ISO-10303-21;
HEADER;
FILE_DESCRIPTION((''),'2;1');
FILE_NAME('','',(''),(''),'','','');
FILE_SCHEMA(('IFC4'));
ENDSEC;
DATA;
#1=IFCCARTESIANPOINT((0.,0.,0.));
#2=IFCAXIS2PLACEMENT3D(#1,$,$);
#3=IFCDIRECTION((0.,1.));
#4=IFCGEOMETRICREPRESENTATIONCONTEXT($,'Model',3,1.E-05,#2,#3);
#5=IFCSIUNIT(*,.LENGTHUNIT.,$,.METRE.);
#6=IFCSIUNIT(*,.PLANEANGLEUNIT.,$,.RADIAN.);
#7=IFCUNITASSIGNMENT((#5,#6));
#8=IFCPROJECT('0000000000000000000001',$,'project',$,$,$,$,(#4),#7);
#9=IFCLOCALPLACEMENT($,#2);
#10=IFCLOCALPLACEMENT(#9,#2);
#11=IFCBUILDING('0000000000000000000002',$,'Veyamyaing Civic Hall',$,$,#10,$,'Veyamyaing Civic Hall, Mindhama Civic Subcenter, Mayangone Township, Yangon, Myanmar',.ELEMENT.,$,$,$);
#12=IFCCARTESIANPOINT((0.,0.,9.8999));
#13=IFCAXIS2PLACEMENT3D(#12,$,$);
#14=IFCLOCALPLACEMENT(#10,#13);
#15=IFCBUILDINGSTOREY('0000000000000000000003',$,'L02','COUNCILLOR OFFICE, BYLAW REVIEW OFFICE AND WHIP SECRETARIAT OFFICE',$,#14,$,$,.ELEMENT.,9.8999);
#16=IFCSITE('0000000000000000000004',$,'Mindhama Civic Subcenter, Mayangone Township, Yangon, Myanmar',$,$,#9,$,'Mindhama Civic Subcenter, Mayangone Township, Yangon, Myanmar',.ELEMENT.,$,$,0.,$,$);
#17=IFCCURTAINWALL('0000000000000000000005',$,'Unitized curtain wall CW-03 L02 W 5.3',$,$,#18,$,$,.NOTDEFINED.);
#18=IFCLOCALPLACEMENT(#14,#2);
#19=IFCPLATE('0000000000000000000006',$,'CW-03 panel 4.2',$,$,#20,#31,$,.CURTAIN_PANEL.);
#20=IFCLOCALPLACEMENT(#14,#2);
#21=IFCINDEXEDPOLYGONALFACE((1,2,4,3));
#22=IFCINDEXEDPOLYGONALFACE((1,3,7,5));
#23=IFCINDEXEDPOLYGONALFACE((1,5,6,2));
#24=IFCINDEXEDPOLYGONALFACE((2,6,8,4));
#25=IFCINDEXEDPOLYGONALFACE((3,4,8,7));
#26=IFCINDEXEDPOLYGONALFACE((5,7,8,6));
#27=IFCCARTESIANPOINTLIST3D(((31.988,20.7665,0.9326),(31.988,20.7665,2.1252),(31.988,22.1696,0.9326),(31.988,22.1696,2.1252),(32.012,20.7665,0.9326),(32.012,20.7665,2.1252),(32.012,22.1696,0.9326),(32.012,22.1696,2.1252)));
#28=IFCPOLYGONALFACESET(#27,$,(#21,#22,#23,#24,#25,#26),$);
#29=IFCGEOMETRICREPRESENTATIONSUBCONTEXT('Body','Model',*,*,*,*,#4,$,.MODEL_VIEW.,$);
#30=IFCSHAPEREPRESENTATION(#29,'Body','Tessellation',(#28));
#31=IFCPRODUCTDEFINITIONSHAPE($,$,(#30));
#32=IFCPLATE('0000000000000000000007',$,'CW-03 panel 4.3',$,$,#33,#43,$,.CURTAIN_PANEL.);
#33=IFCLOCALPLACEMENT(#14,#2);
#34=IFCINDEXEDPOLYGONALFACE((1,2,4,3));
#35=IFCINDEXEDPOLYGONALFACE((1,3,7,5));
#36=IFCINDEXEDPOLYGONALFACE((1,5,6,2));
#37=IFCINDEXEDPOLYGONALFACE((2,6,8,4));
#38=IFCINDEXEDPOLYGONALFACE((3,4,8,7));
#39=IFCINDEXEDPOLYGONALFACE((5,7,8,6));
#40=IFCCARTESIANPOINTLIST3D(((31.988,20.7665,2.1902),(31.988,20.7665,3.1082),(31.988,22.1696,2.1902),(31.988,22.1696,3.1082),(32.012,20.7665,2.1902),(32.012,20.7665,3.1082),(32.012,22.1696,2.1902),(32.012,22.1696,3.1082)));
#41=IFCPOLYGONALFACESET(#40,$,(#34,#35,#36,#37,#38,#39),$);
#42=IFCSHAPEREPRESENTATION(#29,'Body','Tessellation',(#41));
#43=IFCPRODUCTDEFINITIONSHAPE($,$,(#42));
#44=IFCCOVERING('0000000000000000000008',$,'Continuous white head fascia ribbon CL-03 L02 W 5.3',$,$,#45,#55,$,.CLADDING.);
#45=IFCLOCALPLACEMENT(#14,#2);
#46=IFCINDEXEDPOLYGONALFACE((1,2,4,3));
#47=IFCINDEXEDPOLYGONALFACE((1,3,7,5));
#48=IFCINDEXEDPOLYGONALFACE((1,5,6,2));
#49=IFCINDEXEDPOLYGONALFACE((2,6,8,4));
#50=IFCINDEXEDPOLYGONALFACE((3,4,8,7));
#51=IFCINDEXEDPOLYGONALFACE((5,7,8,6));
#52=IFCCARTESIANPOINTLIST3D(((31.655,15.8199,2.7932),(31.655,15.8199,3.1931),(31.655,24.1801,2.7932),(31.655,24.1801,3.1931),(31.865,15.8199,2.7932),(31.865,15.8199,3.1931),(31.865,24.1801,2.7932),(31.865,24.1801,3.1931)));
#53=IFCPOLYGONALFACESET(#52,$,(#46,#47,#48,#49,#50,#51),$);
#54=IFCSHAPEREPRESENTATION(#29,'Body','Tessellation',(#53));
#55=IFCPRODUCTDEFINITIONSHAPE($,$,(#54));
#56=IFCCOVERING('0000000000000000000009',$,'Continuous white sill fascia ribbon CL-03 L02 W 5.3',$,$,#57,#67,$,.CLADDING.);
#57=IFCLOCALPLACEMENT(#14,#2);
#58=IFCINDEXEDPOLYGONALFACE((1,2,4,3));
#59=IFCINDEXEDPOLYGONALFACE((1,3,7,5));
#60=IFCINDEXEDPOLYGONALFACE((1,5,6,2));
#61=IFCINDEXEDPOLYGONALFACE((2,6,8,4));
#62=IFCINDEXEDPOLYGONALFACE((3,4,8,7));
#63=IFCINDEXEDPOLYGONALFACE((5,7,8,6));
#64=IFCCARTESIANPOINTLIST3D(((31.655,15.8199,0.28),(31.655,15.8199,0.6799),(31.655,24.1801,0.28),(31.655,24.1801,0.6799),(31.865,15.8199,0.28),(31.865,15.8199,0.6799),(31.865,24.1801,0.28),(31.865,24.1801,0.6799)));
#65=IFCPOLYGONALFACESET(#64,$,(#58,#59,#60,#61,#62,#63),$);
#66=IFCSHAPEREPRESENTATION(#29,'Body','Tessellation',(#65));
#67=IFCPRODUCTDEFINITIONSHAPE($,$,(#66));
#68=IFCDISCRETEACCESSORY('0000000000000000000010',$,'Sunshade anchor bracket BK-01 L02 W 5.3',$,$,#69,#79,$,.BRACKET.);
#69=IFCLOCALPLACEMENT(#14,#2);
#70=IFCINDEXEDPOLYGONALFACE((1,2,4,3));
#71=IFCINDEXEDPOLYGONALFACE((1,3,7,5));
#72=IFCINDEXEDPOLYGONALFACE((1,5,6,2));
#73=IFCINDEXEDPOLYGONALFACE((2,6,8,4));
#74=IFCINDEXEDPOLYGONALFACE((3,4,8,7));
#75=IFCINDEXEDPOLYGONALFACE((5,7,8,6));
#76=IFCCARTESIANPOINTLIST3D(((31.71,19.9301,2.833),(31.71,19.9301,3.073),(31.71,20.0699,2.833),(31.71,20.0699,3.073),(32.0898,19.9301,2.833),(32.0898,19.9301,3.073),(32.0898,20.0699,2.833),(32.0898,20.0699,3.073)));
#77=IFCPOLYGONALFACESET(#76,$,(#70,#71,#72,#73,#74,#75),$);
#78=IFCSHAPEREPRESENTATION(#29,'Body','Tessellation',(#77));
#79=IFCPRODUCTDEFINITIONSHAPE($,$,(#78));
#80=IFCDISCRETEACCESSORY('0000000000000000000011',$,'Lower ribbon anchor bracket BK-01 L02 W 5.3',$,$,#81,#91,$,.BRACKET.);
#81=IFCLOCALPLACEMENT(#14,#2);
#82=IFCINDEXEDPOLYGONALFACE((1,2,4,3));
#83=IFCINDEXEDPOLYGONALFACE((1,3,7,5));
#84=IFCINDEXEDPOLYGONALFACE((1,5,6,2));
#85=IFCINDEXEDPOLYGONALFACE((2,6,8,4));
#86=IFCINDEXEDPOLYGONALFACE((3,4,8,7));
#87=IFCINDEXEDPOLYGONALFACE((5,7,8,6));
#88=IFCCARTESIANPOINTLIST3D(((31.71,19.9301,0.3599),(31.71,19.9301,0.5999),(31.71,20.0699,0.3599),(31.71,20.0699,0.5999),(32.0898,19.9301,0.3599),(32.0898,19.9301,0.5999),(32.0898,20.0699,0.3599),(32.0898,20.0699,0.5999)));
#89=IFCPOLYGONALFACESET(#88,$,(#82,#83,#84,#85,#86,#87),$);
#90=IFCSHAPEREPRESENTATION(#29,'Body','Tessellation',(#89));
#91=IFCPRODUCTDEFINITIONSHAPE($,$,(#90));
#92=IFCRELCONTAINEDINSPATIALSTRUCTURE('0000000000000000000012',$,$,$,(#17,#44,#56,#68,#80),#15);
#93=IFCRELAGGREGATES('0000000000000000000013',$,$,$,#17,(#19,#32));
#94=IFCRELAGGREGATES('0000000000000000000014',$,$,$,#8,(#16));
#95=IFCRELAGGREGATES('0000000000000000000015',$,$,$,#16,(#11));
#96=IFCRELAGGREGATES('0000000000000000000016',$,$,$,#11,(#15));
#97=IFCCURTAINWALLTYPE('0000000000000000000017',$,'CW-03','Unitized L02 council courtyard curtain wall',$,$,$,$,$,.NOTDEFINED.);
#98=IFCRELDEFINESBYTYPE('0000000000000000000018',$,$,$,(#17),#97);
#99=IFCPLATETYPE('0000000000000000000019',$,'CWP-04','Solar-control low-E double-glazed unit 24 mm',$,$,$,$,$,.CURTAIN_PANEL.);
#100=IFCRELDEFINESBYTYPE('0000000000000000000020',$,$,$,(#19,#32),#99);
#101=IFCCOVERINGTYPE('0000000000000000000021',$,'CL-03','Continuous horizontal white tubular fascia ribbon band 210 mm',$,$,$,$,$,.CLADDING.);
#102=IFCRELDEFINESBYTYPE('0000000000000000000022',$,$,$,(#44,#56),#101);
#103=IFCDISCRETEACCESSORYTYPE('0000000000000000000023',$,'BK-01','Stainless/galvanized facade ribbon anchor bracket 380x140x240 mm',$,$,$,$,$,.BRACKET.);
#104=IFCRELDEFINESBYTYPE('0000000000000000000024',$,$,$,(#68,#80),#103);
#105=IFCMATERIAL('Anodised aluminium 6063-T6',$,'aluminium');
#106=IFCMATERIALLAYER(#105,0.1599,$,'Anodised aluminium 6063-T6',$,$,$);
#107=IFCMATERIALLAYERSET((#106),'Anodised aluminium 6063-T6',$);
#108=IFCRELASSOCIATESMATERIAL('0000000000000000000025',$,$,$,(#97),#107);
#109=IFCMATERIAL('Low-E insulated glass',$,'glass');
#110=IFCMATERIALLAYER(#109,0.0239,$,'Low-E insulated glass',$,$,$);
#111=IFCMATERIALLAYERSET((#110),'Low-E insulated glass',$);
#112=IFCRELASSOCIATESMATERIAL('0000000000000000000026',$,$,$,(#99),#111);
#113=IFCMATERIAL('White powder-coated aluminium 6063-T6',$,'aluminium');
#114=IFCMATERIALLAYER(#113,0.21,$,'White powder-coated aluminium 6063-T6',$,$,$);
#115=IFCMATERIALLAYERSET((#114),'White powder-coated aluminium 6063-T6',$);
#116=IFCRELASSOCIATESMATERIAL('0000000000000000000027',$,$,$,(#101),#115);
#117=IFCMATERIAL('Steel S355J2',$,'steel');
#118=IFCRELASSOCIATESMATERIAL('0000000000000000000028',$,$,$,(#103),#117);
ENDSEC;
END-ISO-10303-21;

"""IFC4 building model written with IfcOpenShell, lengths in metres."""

from ifc_helpers import new_model, si_unit, direction, frame, origin, origin_2d, place, context, subcontext, project, spatial, rectangle, extrude, material, layer, layer_set, type_object, element, aggregate, save


model = new_model("IFC4")

# Units and contexts
model_context = context("Model", 3, precision=1e-05, world=origin(), true_north=direction((0.0, 1.0)))
body_context = subcontext(model_context, "Body", "Model", "MODEL_VIEW")
ifc_project = project(units=[si_unit("LENGTHUNIT", "METRE"), si_unit("PLANEANGLEUNIT", "RADIAN")], contexts=[model_context])

# Site, building, storey
site_placement = place(None, origin())
site = spatial("IfcSite", under=ifc_project, at=site_placement, Name="Mindhama Civic Subcenter, Mayangone Township, Yangon, Myanmar", LongName="Mindhama Civic Subcenter, Mayangone Township, Yangon, Myanmar", CompositionType="ELEMENT", RefElevation=0.0)
building_placement = place(site_placement, origin())
building = spatial("IfcBuilding", under=site, at=building_placement, Name="Veyamyaing Civic Hall", LongName="Veyamyaing Civic Hall, Mindhama Civic Subcenter, Mayangone Township, Yangon, Myanmar", CompositionType="ELEMENT")
storey_placement = place(building_placement, frame((0.0, 0.0, 9.8999)))
storey = spatial("IfcBuildingStorey", under=building, at=storey_placement, Name="L02", Description="COUNCILLOR OFFICE, BYLAW REVIEW OFFICE AND WHIP SECRETARIAT OFFICE", CompositionType="ELEMENT", Elevation=9.8999)

# Curtain wall, plates
ifc_material_1 = material(Name="Anodised aluminium 6063-T6", Category="aluminium")
ifc_layer_1 = layer(ifc_material_1, 0.1599, Name="Anodised aluminium 6063-T6")
ifc_layer_set_1 = layer_set([ifc_layer_1], Name="Anodised aluminium 6063-T6")
curtain_wall_type = type_object("IfcCurtainWallType", Name="CW-03", Description="Unitized L02 council courtyard curtain wall", PredefinedType="NOTDEFINED", material=ifc_layer_set_1)
curtain_wall_placement = place(storey_placement, origin())
curtain_wall = element("IfcCurtainWall", 1, at=curtain_wall_placement, inside=storey, type_object=curtain_wall_type, Name="Unitized curtain wall CW-03 L02 W 5.3", PredefinedType="NOTDEFINED")
ifc_material_2 = material(Name="Low-E insulated glass", Category="glass")
ifc_layer_2 = layer(ifc_material_2, 0.0239, Name="Low-E insulated glass")
ifc_layer_set_2 = layer_set([ifc_layer_2], Name="Low-E insulated glass")
plate_type = type_object("IfcPlateType", Name="CWP-04", Description="Solar-control low-E double-glazed unit 24 mm", PredefinedType="CURTAIN_PANEL", material=ifc_layer_set_2)
plate_1_placement = place(storey_placement, frame((32.0, 21.468, 0.9326), z_axis=(0.0, 0.0, 1.0), x_axis=(0.0, 1.0, 0.0)))
plate_1 = element("IfcPlate", 2, at=plate_1_placement, type_object=plate_type, Name="CW-03 panel 4.2", PredefinedType="CURTAIN_PANEL", context=body_context, shape_type="SweptSolid", body=[
    extrude(rectangle(XDim=1.4031, YDim=0.0239, at=origin_2d()), origin(), (0.0, 0.0, 1.0), 1.1926),
])
plate_2_placement = place(storey_placement, frame((32.0, 21.468, 2.1902), z_axis=(0.0, 0.0, 1.0), x_axis=(0.0, 1.0, 0.0)))
plate_2 = element("IfcPlate", 3, at=plate_2_placement, type_object=plate_type, Name="CW-03 panel 4.3", PredefinedType="CURTAIN_PANEL", context=body_context, shape_type="SweptSolid", body=[
    extrude(rectangle(XDim=1.4031, YDim=0.0239, at=origin_2d()), origin(), (0.0, 0.0, 1.0), 0.918),
])
aggregate(curtain_wall, [plate_1, plate_2])

# Coverings
ifc_material_3 = material(Name="White powder-coated aluminium 6063-T6", Category="aluminium")
ifc_layer_3 = layer(ifc_material_3, 0.21, Name="White powder-coated aluminium 6063-T6")
ifc_layer_set_3 = layer_set([ifc_layer_3], Name="White powder-coated aluminium 6063-T6")
covering_type = type_object("IfcCoveringType", Name="CL-03", Description="Continuous horizontal white tubular fascia ribbon band 210 mm", PredefinedType="CLADDING", material=ifc_layer_set_3)
for number, where, z_axis, x_axis, name in (
    (4, (31.76, 20.0, 2.7932), (0.0, 0.0, 1.0), (0.0, 1.0, 0.0), "Continuous white head fascia ribbon CL-03 L02 W 5.3"),
    (5, (31.76, 20.0, 0.28), (0.0, 0.0, 1.0), (0.0, 1.0, 0.0), "Continuous white sill fascia ribbon CL-03 L02 W 5.3"),
):
    element("IfcCovering", number, at=place(storey_placement, frame(where, z_axis=z_axis, x_axis=x_axis)), inside=storey, type_object=covering_type, Name=name, PredefinedType="CLADDING", context=body_context, shape_type="SweptSolid", body=[
        extrude(rectangle(XDim=8.3601, YDim=0.21, at=origin_2d()), origin(), (0.0, 0.0, 1.0), 0.3999),
    ])

# Discrete accessories
ifc_material_4 = material(Name="Steel S355J2", Category="steel")
discrete_accessory_type = type_object("IfcDiscreteAccessoryType", Name="BK-01", Description="Stainless/galvanized facade ribbon anchor bracket 380x140x240 mm", PredefinedType="BRACKET", material=ifc_material_4)
for number, where, z_axis, x_axis, name in (
    (6, (31.8999, 20.0, 2.833), (0.0, 0.0, 1.0), (-1.0, 0.0, 0.0), "Sunshade anchor bracket BK-01 L02 W 5.3"),
    (7, (31.8999, 20.0, 0.3599), (0.0, 0.0, 1.0), (-1.0, 0.0, 0.0), "Lower ribbon anchor bracket BK-01 L02 W 5.3"),
):
    element("IfcDiscreteAccessory", number, at=place(storey_placement, frame(where, z_axis=z_axis, x_axis=x_axis)), inside=storey, type_object=discrete_accessory_type, Name=name, PredefinedType="BRACKET", context=body_context, shape_type="SweptSolid", body=[
        extrude(rectangle(XDim=0.3799, YDim=0.1399, at=origin_2d()), origin(), (0.0, 0.0, 1.0), 0.24),
    ])

save(model, "model.ifc")
